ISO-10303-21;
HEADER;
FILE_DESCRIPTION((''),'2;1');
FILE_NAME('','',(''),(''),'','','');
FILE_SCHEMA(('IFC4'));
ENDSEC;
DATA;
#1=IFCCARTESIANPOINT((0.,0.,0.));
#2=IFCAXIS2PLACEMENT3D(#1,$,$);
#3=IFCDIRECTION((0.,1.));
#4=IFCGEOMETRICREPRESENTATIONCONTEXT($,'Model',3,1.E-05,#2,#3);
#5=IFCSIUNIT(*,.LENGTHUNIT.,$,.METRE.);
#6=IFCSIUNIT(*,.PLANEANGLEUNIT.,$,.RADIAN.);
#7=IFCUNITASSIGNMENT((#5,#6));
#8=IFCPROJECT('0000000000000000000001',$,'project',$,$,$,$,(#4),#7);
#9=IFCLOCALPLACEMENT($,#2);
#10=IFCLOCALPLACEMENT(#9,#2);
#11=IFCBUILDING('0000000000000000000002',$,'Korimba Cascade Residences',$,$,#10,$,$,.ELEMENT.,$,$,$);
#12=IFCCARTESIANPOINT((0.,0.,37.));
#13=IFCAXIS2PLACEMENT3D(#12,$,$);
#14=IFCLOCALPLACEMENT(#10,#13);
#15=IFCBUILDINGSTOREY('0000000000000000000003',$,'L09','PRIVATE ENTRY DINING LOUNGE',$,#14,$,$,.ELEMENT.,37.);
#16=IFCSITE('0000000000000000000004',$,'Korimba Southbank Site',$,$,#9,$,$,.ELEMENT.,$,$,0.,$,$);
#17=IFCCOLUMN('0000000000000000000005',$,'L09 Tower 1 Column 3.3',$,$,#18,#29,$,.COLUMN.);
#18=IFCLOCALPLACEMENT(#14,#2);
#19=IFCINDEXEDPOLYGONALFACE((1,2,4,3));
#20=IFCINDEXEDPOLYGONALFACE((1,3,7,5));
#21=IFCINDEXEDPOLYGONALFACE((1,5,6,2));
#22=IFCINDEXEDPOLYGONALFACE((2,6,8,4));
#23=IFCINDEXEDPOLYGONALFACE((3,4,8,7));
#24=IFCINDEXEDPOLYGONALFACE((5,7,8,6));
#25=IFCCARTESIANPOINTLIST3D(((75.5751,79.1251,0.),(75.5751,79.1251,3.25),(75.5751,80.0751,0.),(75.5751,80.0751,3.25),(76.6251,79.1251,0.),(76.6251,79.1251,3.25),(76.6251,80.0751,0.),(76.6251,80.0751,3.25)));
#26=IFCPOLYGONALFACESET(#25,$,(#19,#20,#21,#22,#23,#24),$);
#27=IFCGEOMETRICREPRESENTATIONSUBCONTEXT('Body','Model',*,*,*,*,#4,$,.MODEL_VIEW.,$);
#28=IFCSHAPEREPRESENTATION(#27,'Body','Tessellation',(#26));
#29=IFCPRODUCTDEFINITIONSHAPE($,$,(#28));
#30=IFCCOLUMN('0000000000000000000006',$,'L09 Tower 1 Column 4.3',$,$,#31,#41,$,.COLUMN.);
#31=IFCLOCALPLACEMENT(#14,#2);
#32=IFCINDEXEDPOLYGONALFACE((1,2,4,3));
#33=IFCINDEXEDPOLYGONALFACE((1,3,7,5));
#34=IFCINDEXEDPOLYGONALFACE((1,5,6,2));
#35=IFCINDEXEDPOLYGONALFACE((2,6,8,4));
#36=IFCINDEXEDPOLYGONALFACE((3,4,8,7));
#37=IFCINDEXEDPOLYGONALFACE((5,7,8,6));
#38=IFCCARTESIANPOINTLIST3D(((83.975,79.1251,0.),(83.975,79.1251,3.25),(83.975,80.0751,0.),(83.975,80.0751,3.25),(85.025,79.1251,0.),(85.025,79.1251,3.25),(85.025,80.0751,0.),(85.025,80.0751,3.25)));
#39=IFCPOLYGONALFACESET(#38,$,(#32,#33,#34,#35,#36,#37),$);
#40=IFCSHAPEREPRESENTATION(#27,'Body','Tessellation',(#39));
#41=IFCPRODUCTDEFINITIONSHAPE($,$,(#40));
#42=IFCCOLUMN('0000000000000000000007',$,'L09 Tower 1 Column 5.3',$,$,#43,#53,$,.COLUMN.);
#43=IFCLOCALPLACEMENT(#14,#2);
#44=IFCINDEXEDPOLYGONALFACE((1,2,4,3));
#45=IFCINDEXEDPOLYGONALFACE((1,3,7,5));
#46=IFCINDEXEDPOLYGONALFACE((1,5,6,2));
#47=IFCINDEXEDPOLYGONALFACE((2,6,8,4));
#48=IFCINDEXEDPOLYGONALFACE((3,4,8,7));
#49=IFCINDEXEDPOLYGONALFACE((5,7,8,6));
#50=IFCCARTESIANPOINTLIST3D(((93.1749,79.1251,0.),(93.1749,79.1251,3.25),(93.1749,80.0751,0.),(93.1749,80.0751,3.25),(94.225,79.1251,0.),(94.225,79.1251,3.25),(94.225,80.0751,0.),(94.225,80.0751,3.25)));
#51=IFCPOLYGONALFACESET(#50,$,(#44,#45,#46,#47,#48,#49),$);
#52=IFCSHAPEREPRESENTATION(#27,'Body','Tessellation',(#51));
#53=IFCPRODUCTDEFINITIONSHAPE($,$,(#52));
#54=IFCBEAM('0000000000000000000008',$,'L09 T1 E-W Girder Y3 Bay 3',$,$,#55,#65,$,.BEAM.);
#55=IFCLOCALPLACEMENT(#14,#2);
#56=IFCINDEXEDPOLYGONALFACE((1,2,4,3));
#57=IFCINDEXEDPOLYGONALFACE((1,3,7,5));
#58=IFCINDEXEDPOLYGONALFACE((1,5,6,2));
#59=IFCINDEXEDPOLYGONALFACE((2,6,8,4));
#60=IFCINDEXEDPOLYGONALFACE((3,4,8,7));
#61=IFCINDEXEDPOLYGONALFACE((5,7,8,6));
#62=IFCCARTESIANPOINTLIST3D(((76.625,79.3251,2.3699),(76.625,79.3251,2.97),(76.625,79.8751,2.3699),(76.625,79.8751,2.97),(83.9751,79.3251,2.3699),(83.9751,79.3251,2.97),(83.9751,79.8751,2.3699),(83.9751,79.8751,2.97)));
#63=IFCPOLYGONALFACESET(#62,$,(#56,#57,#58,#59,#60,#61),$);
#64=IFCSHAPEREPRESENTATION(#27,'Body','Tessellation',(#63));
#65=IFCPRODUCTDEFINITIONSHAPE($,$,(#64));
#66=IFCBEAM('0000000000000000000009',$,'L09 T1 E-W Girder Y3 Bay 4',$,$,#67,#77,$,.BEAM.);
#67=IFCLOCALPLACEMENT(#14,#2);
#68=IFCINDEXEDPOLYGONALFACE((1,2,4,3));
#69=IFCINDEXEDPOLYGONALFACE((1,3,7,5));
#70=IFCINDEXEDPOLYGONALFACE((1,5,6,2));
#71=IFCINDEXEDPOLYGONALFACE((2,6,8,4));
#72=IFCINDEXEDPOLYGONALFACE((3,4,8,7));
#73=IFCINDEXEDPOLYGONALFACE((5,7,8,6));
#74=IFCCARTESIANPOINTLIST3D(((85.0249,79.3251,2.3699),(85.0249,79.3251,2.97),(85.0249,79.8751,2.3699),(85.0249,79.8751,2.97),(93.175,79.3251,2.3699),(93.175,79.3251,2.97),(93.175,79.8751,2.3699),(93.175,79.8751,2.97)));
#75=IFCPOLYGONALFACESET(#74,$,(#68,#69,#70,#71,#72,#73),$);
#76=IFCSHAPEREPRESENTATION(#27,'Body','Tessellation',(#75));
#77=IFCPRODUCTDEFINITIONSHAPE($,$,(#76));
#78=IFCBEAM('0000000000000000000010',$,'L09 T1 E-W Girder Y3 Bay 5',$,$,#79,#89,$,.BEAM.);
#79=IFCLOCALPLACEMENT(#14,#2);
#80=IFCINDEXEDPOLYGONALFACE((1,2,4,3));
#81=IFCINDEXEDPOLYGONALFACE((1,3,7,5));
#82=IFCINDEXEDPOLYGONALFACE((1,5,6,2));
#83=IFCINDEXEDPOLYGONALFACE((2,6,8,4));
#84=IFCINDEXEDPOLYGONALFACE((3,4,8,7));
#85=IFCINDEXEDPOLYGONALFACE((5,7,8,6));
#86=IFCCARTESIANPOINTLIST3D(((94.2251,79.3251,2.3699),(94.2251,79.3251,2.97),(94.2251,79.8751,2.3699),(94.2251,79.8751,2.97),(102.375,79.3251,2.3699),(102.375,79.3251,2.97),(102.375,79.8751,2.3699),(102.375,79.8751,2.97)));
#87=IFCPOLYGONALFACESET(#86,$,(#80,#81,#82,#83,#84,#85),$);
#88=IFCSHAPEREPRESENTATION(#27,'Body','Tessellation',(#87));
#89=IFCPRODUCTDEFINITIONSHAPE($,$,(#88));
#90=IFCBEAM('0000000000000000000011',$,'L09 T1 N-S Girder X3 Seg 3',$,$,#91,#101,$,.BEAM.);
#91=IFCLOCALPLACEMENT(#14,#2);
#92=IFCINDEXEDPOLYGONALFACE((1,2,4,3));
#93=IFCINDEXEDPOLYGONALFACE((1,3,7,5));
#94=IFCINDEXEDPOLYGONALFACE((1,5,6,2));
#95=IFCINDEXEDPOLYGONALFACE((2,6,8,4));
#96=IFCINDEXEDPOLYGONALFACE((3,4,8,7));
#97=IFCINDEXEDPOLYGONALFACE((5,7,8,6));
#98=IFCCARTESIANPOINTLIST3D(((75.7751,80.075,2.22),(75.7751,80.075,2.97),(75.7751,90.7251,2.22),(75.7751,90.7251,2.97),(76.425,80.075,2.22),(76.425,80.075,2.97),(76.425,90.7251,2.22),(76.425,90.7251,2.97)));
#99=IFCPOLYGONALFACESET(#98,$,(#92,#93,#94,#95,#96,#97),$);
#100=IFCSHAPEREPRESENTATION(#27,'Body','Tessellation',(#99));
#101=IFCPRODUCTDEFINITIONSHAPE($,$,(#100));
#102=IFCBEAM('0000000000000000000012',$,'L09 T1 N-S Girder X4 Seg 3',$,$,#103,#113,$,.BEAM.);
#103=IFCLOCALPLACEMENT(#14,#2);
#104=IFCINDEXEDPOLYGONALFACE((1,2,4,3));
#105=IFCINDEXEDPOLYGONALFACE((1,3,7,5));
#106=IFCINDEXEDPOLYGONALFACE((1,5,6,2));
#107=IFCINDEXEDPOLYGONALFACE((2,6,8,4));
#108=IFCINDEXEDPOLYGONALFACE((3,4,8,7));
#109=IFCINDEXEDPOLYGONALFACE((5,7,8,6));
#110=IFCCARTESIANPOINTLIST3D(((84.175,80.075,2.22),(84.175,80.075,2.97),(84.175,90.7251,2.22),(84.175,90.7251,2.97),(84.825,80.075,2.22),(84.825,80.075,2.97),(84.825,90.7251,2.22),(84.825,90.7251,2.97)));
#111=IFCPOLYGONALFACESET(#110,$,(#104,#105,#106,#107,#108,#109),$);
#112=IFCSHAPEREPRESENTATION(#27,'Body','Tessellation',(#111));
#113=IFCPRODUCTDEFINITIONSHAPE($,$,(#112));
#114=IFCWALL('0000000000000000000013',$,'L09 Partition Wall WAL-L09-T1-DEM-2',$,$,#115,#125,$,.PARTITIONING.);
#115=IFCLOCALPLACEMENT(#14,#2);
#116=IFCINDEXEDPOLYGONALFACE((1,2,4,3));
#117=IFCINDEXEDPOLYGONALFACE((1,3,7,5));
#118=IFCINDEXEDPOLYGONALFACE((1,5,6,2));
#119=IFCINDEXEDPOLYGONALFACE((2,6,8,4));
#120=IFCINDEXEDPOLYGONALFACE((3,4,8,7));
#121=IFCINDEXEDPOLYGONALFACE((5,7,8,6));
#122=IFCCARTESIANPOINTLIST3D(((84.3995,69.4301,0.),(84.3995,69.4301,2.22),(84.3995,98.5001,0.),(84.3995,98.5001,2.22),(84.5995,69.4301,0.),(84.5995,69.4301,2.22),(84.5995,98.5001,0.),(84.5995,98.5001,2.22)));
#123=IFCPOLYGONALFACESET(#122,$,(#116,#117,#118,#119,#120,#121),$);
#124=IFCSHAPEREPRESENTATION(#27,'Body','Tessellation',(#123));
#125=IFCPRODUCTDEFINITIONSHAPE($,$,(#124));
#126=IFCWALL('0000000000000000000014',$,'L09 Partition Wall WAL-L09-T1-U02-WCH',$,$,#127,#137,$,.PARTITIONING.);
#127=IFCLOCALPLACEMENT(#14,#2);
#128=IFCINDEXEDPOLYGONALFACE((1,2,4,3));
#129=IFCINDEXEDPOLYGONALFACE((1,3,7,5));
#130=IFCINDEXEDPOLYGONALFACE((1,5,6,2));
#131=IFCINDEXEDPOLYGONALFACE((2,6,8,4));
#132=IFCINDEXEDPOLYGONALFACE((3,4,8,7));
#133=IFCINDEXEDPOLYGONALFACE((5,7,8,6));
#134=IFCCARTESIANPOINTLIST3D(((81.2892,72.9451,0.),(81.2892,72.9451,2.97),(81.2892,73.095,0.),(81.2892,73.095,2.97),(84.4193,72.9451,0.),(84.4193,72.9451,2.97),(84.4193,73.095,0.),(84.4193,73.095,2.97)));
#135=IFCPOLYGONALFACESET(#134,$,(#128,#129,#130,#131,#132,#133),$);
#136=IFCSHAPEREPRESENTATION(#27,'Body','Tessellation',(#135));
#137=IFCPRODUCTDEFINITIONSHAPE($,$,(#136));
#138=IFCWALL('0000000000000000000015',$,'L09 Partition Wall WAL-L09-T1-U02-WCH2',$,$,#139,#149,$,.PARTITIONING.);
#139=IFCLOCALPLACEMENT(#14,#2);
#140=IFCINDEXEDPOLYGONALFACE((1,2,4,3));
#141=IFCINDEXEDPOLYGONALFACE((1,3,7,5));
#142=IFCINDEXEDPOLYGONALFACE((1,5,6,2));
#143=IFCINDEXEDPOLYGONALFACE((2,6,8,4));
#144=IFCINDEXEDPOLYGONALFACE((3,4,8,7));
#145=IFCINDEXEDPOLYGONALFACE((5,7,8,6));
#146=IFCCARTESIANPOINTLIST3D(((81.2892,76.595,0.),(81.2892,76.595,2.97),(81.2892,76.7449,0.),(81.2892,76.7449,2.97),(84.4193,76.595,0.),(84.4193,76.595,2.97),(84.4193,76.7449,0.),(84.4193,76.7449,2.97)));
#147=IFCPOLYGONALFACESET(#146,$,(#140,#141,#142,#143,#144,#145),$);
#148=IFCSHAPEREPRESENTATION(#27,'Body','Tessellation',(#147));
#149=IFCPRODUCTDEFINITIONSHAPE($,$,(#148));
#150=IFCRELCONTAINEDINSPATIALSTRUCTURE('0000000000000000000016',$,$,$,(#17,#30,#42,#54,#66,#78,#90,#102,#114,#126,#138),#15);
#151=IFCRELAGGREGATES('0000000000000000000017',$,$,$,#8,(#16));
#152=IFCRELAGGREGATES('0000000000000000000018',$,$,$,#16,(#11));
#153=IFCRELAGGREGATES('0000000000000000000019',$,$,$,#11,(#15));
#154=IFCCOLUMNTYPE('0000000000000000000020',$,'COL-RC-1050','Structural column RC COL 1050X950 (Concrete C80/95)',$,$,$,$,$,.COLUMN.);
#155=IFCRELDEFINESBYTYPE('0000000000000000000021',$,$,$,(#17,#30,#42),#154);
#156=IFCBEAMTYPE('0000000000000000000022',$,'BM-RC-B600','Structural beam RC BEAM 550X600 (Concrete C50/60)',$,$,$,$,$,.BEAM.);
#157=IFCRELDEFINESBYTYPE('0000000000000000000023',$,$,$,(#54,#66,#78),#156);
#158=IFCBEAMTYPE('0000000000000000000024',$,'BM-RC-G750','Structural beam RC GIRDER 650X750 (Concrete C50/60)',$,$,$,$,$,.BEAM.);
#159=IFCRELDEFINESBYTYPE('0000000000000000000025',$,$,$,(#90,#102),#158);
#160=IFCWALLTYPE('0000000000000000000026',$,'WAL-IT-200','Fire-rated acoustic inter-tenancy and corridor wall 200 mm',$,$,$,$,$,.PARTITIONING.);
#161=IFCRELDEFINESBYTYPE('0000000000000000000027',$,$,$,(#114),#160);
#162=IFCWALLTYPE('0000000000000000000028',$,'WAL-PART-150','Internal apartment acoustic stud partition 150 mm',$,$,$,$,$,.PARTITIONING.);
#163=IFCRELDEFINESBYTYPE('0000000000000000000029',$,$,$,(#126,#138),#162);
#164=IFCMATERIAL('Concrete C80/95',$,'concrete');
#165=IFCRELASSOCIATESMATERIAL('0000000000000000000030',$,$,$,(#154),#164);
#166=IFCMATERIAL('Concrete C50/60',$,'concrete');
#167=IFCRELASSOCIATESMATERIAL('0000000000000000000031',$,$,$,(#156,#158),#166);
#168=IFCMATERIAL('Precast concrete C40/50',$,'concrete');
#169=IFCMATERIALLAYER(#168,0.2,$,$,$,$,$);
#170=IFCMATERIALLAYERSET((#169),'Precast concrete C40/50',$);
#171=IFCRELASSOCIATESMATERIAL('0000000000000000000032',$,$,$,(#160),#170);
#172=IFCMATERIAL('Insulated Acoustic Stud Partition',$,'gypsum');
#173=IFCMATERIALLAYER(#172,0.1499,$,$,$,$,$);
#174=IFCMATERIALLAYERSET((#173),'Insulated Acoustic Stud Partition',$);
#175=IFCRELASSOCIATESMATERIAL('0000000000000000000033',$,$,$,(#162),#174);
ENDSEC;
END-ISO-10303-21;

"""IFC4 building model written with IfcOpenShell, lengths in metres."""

from ifc_helpers import new_model, si_unit, direction, frame, frame_2d, origin, origin_2d, place, context, subcontext, project, spatial, rectangle, extrude, material, layer, layer_set, material_profile, profile_set, type_object, element, save


model = new_model("IFC4")

# Units and contexts
model_context = context("Model", 3, precision=1e-05, world=origin(), true_north=direction((0.0, 1.0)))
body_context = subcontext(model_context, "Body", "Model", "MODEL_VIEW")
ifc_project = project(units=[si_unit("LENGTHUNIT", "METRE"), si_unit("PLANEANGLEUNIT", "RADIAN")], contexts=[model_context])

# Site, building, storey
site_placement = place(None, origin())
site = spatial("IfcSite", under=ifc_project, at=site_placement, Name="Korimba Southbank Site", CompositionType="ELEMENT", RefElevation=0.0)
building_placement = place(site_placement, origin())
building = spatial("IfcBuilding", under=site, at=building_placement, Name="Korimba Cascade Residences", CompositionType="ELEMENT")
storey_placement = place(building_placement, frame((0.0, 0.0, 37.0)))
storey = spatial("IfcBuildingStorey", under=building, at=storey_placement, Name="L09", Description="PRIVATE ENTRY DINING LOUNGE", CompositionType="ELEMENT", Elevation=37.0)

# Columns
ifc_material_1 = material(Name="Concrete C80/95", Category="concrete")
ifc_material_profile_1 = material_profile(ifc_material_1, rectangle(XDim=1.05, YDim=0.95, at=origin_2d()), Name="Concrete C80/95")
ifc_profile_set_1 = profile_set([ifc_material_profile_1], Name="Concrete C80/95")
column_type = type_object("IfcColumnType", Name="COL-RC-1050", Description="Structural column RC COL 1050X950 (Concrete C80/95)", PredefinedType="COLUMN", material=ifc_profile_set_1)
for number, where, z_axis, x_axis, name in (
    (1, (76.1001, 79.6001, 0.0), (0.0, 0.0, 1.0), (1.0, 0.0, 0.0), "L09 Tower 1 Column 3.3"),
    (2, (84.5, 79.6001, 0.0), (0.0, 0.0, 1.0), (1.0, 0.0, 0.0), "L09 Tower 1 Column 4.3"),
    (3, (93.7, 79.6001, 0.0), (0.0, 0.0, 1.0), (1.0, 0.0, 0.0), "L09 Tower 1 Column 5.3"),
):
    element("IfcColumn", number, at=place(storey_placement, frame(where, z_axis=z_axis, x_axis=x_axis)), inside=storey, type_object=column_type, Name=name, PredefinedType="COLUMN", context=body_context, shape_type="SweptSolid", body=[
        extrude(rectangle(XDim=1.05, YDim=0.95, at=origin_2d()), origin(), (0.0, 0.0, 1.0), 3.25),
    ])

# Beams
ifc_material_2 = material(Name="Concrete C50/60", Category="concrete")
ifc_material_profile_2 = material_profile(ifc_material_2, rectangle(XDim=0.55, YDim=0.6001, at=origin_2d()), Name="Concrete C50/60")
ifc_profile_set_2 = profile_set([ifc_material_profile_2], Name="Concrete C50/60")
beam_type_1 = type_object("IfcBeamType", Name="BM-RC-B600", Description="Structural beam RC BEAM 550X600 (Concrete C50/60)", PredefinedType="BEAM", material=ifc_profile_set_2)
beam_1_placement = place(storey_placement, frame((76.625, 79.6001, 2.6699), z_axis=(1.0, 0.0, 0.0), x_axis=(0.0, 1.0, 0.0)))
element("IfcBeam", 4, at=beam_1_placement, inside=storey, type_object=beam_type_1, Name="L09 T1 E-W Girder Y3 Bay 3", PredefinedType="BEAM", context=body_context, shape_type="SweptSolid", body=[
    extrude(rectangle(XDim=0.55, YDim=0.6001, at=origin_2d()), origin(), (0.0, 0.0, 1.0), 7.3501),
])
beam_2_placement = place(storey_placement, frame((85.0249, 79.6001, 2.6699), z_axis=(1.0, 0.0, 0.0), x_axis=(0.0, 1.0, 0.0)))
element("IfcBeam", 5, at=beam_2_placement, inside=storey, type_object=beam_type_1, Name="L09 T1 E-W Girder Y3 Bay 4", PredefinedType="BEAM", context=body_context, shape_type="SweptSolid", body=[
    extrude(rectangle(XDim=0.55, YDim=0.6001, at=origin_2d()), origin(), (0.0, 0.0, 1.0), 8.1501),
])
beam_3_placement = place(storey_placement, frame((94.2251, 79.6001, 2.6699), z_axis=(1.0, 0.0, 0.0), x_axis=(0.0, 1.0, 0.0)))
element("IfcBeam", 6, at=beam_3_placement, inside=storey, type_object=beam_type_1, Name="L09 T1 E-W Girder Y3 Bay 5", PredefinedType="BEAM", context=body_context, shape_type="SweptSolid", body=[
    extrude(rectangle(XDim=0.55, YDim=0.6001, at=origin_2d()), origin(), (0.0, 0.0, 1.0), 8.1499),
])
ifc_material_profile_3 = material_profile(ifc_material_2, rectangle(XDim=0.6499, YDim=0.75, at=origin_2d()), Name="Concrete C50/60")
ifc_profile_set_3 = profile_set([ifc_material_profile_3], Name="Concrete C50/60")
beam_type_2 = type_object("IfcBeamType", Name="BM-RC-G750", Description="Structural beam RC GIRDER 650X750 (Concrete C50/60)", PredefinedType="BEAM", material=ifc_profile_set_3)
for number, where, z_axis, x_axis, name in (
    (7, (76.1001, 80.075, 2.595), (0.0, 1.0, 0.0), (-1.0, 0.0, 0.0), "L09 T1 N-S Girder X3 Seg 3"),
    (8, (84.5, 80.075, 2.595), (0.0, 1.0, 0.0), (-1.0, 0.0, 0.0), "L09 T1 N-S Girder X4 Seg 3"),
):
    element("IfcBeam", number, at=place(storey_placement, frame(where, z_axis=z_axis, x_axis=x_axis)), inside=storey, type_object=beam_type_2, Name=name, PredefinedType="BEAM", context=body_context, shape_type="SweptSolid", body=[
        extrude(rectangle(XDim=0.6499, YDim=0.75, at=origin_2d()), origin(), (0.0, 0.0, 1.0), 10.6501),
    ])

# Walls
ifc_material_3 = material(Name="Precast concrete C40/50", Category="concrete")
ifc_layer_1 = layer(ifc_material_3, 0.2)
ifc_layer_set_1 = layer_set([ifc_layer_1], Name="Precast concrete C40/50")
wall_type_1 = type_object("IfcWallType", Name="WAL-IT-200", Description="Fire-rated acoustic inter-tenancy and corridor wall 200 mm", PredefinedType="PARTITIONING", material=ifc_layer_set_1)
wall_1_placement = place(storey_placement, frame((84.4995, 69.4299, 0.0), z_axis=(0.0, 0.0, 1.0), x_axis=(0.0, 1.0, 0.0)))
element("IfcWall", 9, at=wall_1_placement, inside=storey, type_object=wall_type_1, Name="L09 Partition Wall WAL-L09-T1-DEM-2", PredefinedType="PARTITIONING", context=body_context, shape_type="SweptSolid", body=[
    extrude(rectangle(XDim=29.0701, YDim=0.2, at=frame_2d((14.5352, 0.0))), origin(), (0.0, 0.0, 1.0), 2.22),
])
ifc_material_4 = material(Name="Insulated Acoustic Stud Partition", Category="gypsum")
ifc_layer_2 = layer(ifc_material_4, 0.1499)
ifc_layer_set_2 = layer_set([ifc_layer_2], Name="Insulated Acoustic Stud Partition")
wall_type_2 = type_object("IfcWallType", Name="WAL-PART-150", Description="Internal apartment acoustic stud partition 150 mm", PredefinedType="PARTITIONING", material=ifc_layer_set_2)
for number, where, z_axis, x_axis, name in (
    (10, (81.2893, 73.02, 0.0), (0.0, 0.0, 1.0), (1.0, 0.0, 0.0), "L09 Partition Wall WAL-L09-T1-U02-WCH"),
    (11, (81.2893, 76.6699, 0.0), (0.0, 0.0, 1.0), (1.0, 0.0, 0.0), "L09 Partition Wall WAL-L09-T1-U02-WCH2"),
):
    element("IfcWall", number, at=place(storey_placement, frame(where, z_axis=z_axis, x_axis=x_axis)), inside=storey, type_object=wall_type_2, Name=name, PredefinedType="PARTITIONING", context=body_context, shape_type="SweptSolid", body=[
        extrude(rectangle(XDim=3.1301, YDim=0.1499, at=frame_2d((1.5649, 0.0))), origin(), (0.0, 0.0, 1.0), 2.97),
    ])

save(model, "model.ifc")
